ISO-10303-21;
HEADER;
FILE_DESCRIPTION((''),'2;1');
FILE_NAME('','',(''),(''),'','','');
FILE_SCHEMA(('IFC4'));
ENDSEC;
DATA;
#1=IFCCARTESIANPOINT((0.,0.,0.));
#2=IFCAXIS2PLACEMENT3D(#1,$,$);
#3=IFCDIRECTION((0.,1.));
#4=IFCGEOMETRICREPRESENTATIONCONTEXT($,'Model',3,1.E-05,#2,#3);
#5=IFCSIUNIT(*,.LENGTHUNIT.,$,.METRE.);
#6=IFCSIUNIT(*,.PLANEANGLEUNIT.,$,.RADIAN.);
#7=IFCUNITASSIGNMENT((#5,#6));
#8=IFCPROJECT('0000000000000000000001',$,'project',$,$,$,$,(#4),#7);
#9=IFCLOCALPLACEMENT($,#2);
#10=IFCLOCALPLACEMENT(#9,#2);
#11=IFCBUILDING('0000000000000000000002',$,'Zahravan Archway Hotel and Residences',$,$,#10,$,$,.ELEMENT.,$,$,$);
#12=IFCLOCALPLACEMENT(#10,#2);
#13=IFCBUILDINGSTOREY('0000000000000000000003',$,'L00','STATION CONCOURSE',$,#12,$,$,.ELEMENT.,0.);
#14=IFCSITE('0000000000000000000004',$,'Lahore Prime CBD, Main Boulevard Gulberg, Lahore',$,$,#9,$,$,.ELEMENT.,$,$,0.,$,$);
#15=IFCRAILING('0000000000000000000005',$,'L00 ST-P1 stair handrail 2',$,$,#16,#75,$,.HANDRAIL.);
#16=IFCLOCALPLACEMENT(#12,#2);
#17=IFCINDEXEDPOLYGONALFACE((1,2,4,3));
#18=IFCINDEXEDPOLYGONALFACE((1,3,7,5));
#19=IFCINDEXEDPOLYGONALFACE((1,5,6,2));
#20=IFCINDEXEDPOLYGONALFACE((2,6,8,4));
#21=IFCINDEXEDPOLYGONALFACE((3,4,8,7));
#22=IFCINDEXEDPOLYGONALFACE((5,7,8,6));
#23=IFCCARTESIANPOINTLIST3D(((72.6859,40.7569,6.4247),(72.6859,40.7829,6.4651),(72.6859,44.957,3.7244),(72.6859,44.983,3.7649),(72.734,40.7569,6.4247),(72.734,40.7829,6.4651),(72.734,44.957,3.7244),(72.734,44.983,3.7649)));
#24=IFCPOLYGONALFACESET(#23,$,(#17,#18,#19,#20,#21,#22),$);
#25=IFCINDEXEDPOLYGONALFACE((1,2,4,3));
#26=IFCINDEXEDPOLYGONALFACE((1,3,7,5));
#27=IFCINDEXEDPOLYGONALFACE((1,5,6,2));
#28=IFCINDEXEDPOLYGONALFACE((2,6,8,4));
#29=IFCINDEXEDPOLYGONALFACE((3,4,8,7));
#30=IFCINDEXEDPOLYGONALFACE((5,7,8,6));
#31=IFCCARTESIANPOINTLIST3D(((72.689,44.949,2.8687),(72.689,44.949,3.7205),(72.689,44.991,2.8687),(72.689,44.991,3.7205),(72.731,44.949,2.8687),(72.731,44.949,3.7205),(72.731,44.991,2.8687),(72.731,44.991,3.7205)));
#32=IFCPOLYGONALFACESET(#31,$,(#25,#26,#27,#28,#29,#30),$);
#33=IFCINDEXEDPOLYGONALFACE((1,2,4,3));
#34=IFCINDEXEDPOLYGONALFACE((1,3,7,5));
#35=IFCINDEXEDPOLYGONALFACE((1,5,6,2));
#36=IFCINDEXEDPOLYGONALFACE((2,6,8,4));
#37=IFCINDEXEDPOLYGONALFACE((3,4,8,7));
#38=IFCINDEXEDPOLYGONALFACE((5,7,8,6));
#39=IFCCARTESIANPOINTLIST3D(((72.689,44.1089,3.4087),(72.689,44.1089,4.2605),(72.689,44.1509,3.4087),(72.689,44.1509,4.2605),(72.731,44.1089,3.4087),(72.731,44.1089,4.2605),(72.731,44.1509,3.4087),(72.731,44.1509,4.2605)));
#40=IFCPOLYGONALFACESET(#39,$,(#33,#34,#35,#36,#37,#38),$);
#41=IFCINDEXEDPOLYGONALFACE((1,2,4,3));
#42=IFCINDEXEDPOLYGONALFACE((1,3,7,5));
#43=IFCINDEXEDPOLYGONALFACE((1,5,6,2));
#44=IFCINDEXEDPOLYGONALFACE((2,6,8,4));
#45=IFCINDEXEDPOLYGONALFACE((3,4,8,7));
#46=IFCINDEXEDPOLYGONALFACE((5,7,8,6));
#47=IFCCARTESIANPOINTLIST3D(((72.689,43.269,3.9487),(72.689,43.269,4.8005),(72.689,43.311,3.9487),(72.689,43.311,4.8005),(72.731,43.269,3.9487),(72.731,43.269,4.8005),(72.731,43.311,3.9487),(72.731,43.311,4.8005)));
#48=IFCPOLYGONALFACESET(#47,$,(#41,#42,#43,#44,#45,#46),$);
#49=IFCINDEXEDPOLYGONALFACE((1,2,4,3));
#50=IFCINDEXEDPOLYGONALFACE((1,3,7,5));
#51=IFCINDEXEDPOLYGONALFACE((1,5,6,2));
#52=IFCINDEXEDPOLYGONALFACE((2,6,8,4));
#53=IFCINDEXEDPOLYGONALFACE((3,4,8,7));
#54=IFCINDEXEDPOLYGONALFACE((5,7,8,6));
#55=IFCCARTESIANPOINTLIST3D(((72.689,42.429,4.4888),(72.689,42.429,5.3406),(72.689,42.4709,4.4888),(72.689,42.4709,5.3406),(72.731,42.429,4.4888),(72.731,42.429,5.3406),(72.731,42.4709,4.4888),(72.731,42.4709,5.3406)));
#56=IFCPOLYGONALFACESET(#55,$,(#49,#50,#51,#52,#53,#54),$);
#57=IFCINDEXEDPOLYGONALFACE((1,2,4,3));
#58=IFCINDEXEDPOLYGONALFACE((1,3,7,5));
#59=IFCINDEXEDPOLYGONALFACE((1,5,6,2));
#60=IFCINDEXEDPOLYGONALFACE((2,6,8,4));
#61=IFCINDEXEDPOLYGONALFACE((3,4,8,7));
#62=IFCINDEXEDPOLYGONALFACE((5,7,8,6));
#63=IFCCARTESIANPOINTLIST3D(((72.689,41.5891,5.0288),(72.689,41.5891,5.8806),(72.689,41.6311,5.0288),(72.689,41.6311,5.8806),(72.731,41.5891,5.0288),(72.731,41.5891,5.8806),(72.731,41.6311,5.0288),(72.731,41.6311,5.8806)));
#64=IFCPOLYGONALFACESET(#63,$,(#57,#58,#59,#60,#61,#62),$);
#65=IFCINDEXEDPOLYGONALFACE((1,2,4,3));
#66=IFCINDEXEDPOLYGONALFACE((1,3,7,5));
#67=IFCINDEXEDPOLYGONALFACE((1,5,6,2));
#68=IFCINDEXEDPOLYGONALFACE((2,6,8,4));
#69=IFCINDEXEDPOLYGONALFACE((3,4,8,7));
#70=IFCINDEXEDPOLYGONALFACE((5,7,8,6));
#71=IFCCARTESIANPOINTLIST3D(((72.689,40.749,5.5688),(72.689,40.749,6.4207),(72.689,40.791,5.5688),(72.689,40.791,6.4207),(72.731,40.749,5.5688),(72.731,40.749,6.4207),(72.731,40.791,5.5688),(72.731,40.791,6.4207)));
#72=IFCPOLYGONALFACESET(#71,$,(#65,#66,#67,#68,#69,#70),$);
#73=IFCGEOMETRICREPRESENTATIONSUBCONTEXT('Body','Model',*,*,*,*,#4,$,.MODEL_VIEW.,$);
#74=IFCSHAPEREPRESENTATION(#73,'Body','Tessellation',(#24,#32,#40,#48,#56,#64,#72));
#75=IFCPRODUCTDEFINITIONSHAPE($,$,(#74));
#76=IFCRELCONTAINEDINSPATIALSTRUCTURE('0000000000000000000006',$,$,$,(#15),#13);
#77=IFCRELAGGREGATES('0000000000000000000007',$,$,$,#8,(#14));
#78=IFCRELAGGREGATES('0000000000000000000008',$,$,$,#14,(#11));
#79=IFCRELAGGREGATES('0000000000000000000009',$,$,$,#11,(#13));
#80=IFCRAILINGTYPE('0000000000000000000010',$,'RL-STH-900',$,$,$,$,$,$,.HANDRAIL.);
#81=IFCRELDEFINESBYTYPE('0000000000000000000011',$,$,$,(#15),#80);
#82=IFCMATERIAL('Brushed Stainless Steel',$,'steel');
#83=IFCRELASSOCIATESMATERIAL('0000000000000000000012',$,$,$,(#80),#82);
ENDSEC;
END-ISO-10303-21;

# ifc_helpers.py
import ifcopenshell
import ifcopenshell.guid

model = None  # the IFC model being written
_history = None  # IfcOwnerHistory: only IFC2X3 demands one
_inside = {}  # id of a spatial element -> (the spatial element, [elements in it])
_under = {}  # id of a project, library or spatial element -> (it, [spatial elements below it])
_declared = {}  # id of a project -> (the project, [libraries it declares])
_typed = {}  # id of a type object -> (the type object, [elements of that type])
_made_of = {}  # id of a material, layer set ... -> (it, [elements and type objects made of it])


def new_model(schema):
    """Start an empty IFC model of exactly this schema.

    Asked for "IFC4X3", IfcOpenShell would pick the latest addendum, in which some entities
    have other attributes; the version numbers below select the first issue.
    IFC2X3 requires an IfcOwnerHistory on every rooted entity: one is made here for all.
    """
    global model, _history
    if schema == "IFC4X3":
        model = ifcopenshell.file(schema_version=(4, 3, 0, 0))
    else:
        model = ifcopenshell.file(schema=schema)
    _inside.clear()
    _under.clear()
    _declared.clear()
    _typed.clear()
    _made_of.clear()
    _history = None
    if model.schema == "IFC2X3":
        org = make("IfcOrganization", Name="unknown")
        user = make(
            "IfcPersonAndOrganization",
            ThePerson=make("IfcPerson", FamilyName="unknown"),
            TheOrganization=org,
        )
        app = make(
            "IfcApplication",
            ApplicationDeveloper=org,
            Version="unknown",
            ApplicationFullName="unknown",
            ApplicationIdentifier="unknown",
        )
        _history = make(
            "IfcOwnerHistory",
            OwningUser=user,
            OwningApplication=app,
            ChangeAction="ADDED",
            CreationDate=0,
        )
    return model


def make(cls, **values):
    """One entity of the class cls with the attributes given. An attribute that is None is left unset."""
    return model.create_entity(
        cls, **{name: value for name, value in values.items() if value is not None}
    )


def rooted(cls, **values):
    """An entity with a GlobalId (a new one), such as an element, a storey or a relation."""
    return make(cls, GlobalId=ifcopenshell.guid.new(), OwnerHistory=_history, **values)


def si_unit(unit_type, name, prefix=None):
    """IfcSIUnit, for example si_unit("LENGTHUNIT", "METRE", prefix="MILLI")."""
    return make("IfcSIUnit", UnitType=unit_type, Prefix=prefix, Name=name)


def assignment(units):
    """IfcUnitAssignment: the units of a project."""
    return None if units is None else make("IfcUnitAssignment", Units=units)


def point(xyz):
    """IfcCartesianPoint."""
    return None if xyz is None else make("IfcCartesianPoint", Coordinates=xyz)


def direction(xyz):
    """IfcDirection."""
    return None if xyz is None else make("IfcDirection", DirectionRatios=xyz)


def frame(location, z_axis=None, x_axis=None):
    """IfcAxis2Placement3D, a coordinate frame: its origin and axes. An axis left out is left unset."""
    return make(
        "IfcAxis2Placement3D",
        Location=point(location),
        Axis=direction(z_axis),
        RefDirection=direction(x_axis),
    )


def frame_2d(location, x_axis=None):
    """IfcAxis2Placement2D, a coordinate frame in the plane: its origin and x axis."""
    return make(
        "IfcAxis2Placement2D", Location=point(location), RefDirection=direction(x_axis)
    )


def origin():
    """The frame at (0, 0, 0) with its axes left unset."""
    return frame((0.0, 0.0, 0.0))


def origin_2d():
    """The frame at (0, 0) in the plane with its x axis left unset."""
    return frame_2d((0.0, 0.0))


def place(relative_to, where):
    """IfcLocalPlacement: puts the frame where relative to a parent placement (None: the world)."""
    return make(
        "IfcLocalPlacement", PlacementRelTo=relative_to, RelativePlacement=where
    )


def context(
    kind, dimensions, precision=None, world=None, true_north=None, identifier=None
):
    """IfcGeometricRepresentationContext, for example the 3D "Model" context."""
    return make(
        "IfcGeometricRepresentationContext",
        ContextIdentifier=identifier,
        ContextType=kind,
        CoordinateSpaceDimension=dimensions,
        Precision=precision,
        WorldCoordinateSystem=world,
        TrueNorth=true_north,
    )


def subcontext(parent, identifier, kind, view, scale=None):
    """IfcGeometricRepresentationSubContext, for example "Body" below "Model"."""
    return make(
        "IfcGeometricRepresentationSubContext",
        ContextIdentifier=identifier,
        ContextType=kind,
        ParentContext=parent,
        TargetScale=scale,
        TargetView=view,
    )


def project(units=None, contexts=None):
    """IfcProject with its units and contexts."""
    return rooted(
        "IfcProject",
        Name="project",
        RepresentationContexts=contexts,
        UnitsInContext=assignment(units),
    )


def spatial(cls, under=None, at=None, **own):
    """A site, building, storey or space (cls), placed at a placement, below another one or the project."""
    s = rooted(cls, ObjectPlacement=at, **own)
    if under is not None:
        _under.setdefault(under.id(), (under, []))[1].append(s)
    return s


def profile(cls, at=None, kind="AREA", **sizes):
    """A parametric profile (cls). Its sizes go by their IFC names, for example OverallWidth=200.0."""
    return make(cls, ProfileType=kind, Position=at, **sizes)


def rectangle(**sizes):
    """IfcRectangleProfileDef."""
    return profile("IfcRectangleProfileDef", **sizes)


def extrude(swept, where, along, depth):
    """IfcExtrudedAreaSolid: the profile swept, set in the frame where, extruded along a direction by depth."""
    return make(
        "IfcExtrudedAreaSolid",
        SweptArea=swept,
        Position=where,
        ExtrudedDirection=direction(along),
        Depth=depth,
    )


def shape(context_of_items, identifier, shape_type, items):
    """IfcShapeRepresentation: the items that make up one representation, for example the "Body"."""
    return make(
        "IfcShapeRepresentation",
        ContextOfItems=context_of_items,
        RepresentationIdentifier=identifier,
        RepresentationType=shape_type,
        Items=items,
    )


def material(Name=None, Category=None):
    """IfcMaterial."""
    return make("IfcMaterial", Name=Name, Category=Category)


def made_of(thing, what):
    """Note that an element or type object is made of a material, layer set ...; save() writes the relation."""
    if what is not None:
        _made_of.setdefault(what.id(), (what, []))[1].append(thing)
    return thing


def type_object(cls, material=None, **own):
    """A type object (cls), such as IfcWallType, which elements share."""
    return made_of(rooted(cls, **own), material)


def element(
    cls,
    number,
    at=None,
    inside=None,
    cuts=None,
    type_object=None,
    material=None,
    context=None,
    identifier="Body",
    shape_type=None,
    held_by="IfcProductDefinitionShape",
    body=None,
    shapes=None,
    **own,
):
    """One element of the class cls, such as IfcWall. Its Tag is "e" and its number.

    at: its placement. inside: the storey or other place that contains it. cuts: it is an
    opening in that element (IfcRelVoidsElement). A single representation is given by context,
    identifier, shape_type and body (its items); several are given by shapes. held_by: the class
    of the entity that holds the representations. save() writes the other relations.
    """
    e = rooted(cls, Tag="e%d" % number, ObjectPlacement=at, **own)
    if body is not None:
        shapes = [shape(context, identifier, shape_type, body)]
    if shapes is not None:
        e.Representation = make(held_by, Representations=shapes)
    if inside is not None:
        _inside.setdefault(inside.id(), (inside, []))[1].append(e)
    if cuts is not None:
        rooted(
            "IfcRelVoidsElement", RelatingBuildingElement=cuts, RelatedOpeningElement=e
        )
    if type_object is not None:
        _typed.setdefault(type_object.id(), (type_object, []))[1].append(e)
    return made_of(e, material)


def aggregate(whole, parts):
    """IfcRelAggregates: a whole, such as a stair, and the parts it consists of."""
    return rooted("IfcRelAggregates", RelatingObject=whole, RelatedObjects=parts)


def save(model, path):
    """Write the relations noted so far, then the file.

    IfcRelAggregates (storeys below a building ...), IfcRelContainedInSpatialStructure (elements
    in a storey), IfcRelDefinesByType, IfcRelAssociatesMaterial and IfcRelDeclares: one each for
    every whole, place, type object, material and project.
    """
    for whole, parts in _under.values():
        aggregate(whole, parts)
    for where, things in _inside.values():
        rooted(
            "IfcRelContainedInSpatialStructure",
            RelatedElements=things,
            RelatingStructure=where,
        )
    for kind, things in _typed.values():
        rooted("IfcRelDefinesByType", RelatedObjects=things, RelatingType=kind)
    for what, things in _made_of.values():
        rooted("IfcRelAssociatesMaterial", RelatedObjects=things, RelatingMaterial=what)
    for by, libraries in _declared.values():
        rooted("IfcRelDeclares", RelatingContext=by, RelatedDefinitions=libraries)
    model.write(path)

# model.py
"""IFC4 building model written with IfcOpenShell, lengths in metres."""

from ifc_helpers import new_model, si_unit, direction, frame, origin, origin_2d, place, context, subcontext, project, spatial, rectangle, extrude, material, type_object, element, save


model = new_model("IFC4")

# Units and contexts
model_context = context("Model", 3, precision=1e-05, world=origin(), true_north=direction((0.0, 1.0)))
body_context = subcontext(model_context, "Body", "Model", "MODEL_VIEW")
ifc_project = project(units=[si_unit("LENGTHUNIT", "METRE"), si_unit("PLANEANGLEUNIT", "RADIAN")], contexts=[model_context])

# Site, building, storey
site_placement = place(None, origin())
site = spatial("IfcSite", under=ifc_project, at=site_placement, Name="Lahore Prime CBD, Main Boulevard Gulberg, Lahore", CompositionType="ELEMENT", RefElevation=0.0)
building_placement = place(site_placement, origin())
building = spatial("IfcBuilding", under=site, at=building_placement, Name="Zahravan Archway Hotel and Residences", CompositionType="ELEMENT")
storey_placement = place(building_placement, origin())
storey = spatial("IfcBuildingStorey", under=building, at=storey_placement, Name="L00", Description="STATION CONCOURSE", CompositionType="ELEMENT", Elevation=0.0)

# Railing
ifc_material_1 = material(Name="Brushed Stainless Steel", Category="steel")
railing_type_1 = type_object("IfcRailingType", Name="RL-STH-900", PredefinedType="HANDRAIL", material=ifc_material_1)
railing_1_placement = place(storey_placement, frame((72.71, 44.97, 2.8687)))
element("IfcRailing", 1, at=railing_1_placement, inside=storey, type_object=railing_type_1, Name="L00 ST-P1 stair handrail 2", PredefinedType="HANDRAIL", context=body_context, shape_type="SweptSolid", body=[
    extrude(rectangle(XDim=0.0481, YDim=0.0481, at=origin_2d()), frame((0.0, 0.0, 0.876), z_axis=(0.0, -0.841158, 0.54079), x_axis=(1.0, 0.0, 0.0)), (0.0, 0.0, 1.0), 4.9932),
    extrude(rectangle(XDim=0.042, YDim=0.042, at=origin_2d()), origin(), (0.0, 0.0, 1.0), 0.8518),
    extrude(rectangle(XDim=0.042, YDim=0.042, at=origin_2d()), frame((0.0, -0.8401, 0.54)), (0.0, 0.0, 1.0), 0.8518),
    extrude(rectangle(XDim=0.042, YDim=0.042, at=origin_2d()), frame((0.0, -1.6799, 1.0801)), (0.0, 0.0, 1.0), 0.8518),
    extrude(rectangle(XDim=0.042, YDim=0.042, at=origin_2d()), frame((0.0, -2.52, 1.6201)), (0.0, 0.0, 1.0), 0.8518),
    extrude(rectangle(XDim=0.042, YDim=0.042, at=origin_2d()), frame((0.0, -3.3599, 2.1602)), (0.0, 0.0, 1.0), 0.8518),
    extrude(rectangle(XDim=0.042, YDim=0.042, at=origin_2d()), frame((0.0, -4.2, 2.7002)), (0.0, 0.0, 1.0), 0.8518),
])

save(model, "model.ifc")
